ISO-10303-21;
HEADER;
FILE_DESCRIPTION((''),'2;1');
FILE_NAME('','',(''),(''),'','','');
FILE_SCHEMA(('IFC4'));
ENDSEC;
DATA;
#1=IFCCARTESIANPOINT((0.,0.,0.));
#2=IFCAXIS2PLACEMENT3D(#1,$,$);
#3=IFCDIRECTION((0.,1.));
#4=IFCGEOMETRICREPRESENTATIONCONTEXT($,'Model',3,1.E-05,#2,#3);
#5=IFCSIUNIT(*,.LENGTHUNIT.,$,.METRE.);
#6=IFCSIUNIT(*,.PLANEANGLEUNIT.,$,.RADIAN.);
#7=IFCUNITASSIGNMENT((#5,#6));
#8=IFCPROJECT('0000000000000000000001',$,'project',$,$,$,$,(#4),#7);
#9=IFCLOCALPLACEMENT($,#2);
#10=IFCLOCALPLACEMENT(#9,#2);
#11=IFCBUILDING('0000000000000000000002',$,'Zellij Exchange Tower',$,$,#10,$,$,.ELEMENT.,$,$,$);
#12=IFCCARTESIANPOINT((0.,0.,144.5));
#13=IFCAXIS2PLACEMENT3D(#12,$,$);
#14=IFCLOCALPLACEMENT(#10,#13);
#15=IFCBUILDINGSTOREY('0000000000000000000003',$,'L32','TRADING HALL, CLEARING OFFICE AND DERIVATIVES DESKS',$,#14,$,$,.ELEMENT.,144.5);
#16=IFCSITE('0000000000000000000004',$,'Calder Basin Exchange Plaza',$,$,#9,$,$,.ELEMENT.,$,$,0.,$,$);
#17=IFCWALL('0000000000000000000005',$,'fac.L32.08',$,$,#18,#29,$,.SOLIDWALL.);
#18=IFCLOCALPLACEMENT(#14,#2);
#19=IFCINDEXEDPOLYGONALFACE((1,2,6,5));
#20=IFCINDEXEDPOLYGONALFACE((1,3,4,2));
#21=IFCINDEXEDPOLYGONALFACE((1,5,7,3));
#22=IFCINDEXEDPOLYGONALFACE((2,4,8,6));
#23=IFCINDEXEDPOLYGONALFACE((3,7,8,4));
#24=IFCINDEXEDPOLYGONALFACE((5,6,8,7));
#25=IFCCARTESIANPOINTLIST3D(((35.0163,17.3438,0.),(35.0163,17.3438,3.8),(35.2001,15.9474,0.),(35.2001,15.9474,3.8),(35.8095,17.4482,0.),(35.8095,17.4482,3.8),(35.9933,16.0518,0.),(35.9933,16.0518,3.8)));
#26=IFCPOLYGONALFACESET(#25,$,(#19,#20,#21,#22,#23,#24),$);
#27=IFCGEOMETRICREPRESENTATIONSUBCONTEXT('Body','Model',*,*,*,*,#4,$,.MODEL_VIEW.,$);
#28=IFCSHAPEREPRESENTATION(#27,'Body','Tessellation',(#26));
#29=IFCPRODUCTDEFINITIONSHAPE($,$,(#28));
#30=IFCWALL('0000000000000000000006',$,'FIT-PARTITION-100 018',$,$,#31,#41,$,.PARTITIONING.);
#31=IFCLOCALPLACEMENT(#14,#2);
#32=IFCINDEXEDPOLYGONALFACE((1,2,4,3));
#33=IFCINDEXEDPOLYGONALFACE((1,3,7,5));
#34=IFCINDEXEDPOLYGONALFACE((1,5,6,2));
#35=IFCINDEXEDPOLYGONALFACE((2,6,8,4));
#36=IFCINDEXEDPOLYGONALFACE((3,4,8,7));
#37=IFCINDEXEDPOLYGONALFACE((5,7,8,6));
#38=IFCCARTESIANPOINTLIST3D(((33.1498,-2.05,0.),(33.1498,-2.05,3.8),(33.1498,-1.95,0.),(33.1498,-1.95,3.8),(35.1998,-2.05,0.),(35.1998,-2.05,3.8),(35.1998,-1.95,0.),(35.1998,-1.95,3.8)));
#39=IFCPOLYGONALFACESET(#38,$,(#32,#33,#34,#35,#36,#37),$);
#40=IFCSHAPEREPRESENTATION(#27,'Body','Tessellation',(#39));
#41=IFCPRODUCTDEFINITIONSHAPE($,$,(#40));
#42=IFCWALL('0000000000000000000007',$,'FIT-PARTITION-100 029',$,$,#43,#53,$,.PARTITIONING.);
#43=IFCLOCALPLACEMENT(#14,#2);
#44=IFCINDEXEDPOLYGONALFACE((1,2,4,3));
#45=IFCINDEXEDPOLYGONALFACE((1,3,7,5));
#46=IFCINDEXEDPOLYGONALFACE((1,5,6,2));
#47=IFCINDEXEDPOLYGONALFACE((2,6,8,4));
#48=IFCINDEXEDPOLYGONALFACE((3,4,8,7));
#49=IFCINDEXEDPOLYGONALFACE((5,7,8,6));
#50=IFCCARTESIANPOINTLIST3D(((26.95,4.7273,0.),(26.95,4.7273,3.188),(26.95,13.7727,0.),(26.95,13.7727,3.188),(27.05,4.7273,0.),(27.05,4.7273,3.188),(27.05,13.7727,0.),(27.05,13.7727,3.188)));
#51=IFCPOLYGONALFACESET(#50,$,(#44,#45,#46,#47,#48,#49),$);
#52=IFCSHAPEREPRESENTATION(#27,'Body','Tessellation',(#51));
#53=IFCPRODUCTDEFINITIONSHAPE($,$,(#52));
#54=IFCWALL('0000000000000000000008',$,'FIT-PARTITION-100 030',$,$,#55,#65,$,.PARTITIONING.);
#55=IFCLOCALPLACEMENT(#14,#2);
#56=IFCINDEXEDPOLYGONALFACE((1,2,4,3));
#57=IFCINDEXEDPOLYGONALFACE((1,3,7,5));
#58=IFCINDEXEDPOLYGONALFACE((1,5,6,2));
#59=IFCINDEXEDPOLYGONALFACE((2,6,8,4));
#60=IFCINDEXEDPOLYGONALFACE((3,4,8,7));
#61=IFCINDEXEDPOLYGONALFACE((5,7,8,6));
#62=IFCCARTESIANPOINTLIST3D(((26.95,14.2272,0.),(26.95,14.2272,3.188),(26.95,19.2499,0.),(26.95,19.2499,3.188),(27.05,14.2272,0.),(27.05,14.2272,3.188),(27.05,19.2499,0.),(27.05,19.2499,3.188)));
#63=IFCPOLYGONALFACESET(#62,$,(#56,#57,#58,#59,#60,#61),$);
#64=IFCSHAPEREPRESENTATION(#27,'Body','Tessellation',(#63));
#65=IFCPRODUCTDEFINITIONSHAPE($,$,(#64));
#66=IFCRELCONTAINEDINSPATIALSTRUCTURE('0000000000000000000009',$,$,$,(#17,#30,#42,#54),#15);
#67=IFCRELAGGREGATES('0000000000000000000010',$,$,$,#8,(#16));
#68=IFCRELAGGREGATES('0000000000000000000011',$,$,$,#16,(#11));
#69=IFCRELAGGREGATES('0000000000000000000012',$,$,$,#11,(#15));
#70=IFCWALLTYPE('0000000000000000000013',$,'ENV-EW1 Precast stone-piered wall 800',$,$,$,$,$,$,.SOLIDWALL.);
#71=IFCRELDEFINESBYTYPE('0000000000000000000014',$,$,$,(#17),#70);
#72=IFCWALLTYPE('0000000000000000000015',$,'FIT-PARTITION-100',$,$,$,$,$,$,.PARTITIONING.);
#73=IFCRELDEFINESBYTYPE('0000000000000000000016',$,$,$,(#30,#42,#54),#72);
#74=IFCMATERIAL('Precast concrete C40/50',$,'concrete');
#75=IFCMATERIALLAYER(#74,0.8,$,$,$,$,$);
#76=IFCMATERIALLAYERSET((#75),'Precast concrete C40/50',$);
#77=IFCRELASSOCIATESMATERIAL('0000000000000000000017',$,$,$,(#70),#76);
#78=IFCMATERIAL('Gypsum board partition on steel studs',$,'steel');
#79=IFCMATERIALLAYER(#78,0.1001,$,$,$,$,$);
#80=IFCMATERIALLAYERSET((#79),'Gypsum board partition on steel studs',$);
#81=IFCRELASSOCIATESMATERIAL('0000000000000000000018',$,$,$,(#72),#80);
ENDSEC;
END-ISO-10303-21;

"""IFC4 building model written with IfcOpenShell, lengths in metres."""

from ifc_helpers import new_model, si_unit, direction, frame, frame_2d, origin, place, context, subcontext, project, spatial, rectangle, extrude, material, layer, layer_set, type_object, element, save


model = new_model("IFC4")

# Units and contexts
model_context = context("Model", 3, precision=1e-05, world=origin(), true_north=direction((0.0, 1.0)))
body_context = subcontext(model_context, "Body", "Model", "MODEL_VIEW")
ifc_project = project(units=[si_unit("LENGTHUNIT", "METRE"), si_unit("PLANEANGLEUNIT", "RADIAN")], contexts=[model_context])

# Site, building, storey
site_placement = place(None, origin())
site = spatial("IfcSite", under=ifc_project, at=site_placement, Name="Calder Basin Exchange Plaza", CompositionType="ELEMENT", RefElevation=0.0)
building_placement = place(site_placement, origin())
building = spatial("IfcBuilding", under=site, at=building_placement, Name="Zellij Exchange Tower", CompositionType="ELEMENT")
storey_placement = place(building_placement, frame((0.0, 0.0, 144.5)))
storey = spatial("IfcBuildingStorey", under=building, at=storey_placement, Name="L32", Description="TRADING HALL, CLEARING OFFICE AND DERIVATIVES DESKS", CompositionType="ELEMENT", Elevation=144.5)

# Walls
ifc_material_1 = material(Name="Precast concrete C40/50", Category="concrete")
ifc_layer_1 = layer(ifc_material_1, 0.8)
ifc_layer_set_1 = layer_set([ifc_layer_1], Name="Precast concrete C40/50")
wall_type_1 = type_object("IfcWallType", Name="ENV-EW1 Precast stone-piered wall 800", PredefinedType="SOLIDWALL", material=ifc_layer_set_1)
wall_1_placement = place(storey_placement, frame((35.5967, 15.9998, 0.0), z_axis=(0.0, 0.0, 1.0), x_axis=(-0.130517, 0.991446, 0.0)))
element("IfcWall", 1, at=wall_1_placement, inside=storey, type_object=wall_type_1, Name="fac.L32.08", PredefinedType="SOLIDWALL", context=body_context, shape_type="SweptSolid", body=[
    extrude(rectangle(XDim=1.4084, YDim=0.8, at=frame_2d((0.7041, 0.0))), origin(), (0.0, 0.0, 1.0), 3.8),
])
ifc_material_2 = material(Name="Gypsum board partition on steel studs", Category="steel")
ifc_layer_2 = layer(ifc_material_2, 0.1001)
ifc_layer_set_2 = layer_set([ifc_layer_2], Name="Gypsum board partition on steel studs")
wall_type_2 = type_object("IfcWallType", Name="FIT-PARTITION-100", PredefinedType="PARTITIONING", material=ifc_layer_set_2)
wall_2_placement = place(storey_placement, frame((33.1499, -2.0, 0.0), z_axis=(0.0, 0.0, 1.0), x_axis=(1.0, 0.0, 0.0)))
element("IfcWall", 2, at=wall_2_placement, inside=storey, type_object=wall_type_2, Name="FIT-PARTITION-100 018", PredefinedType="PARTITIONING", context=body_context, shape_type="SweptSolid", body=[
    extrude(rectangle(XDim=2.05, YDim=0.1001, at=frame_2d((1.0249, 0.0))), origin(), (0.0, 0.0, 1.0), 3.8),
])
wall_3_placement = place(storey_placement, frame((27.0, 4.7273, 0.0), z_axis=(0.0, 0.0, 1.0), x_axis=(0.0, 1.0, 0.0)))
element("IfcWall", 3, at=wall_3_placement, inside=storey, type_object=wall_type_2, Name="FIT-PARTITION-100 029", PredefinedType="PARTITIONING", context=body_context, shape_type="SweptSolid", body=[
    extrude(rectangle(XDim=9.0454, YDim=0.1001, at=frame_2d((4.5227, 0.0))), origin(), (0.0, 0.0, 1.0), 3.188),
])
wall_4_placement = place(storey_placement, frame((27.0, 14.2273, 0.0), z_axis=(0.0, 0.0, 1.0), x_axis=(0.0, 1.0, 0.0)))
element("IfcWall", 4, at=wall_4_placement, inside=storey, type_object=wall_type_2, Name="FIT-PARTITION-100 030", PredefinedType="PARTITIONING", context=body_context, shape_type="SweptSolid", body=[
    extrude(rectangle(XDim=5.0227, YDim=0.1001, at=frame_2d((2.5112, 0.0))), origin(), (0.0, 0.0, 1.0), 3.188),
])

save(model, "model.ifc")
